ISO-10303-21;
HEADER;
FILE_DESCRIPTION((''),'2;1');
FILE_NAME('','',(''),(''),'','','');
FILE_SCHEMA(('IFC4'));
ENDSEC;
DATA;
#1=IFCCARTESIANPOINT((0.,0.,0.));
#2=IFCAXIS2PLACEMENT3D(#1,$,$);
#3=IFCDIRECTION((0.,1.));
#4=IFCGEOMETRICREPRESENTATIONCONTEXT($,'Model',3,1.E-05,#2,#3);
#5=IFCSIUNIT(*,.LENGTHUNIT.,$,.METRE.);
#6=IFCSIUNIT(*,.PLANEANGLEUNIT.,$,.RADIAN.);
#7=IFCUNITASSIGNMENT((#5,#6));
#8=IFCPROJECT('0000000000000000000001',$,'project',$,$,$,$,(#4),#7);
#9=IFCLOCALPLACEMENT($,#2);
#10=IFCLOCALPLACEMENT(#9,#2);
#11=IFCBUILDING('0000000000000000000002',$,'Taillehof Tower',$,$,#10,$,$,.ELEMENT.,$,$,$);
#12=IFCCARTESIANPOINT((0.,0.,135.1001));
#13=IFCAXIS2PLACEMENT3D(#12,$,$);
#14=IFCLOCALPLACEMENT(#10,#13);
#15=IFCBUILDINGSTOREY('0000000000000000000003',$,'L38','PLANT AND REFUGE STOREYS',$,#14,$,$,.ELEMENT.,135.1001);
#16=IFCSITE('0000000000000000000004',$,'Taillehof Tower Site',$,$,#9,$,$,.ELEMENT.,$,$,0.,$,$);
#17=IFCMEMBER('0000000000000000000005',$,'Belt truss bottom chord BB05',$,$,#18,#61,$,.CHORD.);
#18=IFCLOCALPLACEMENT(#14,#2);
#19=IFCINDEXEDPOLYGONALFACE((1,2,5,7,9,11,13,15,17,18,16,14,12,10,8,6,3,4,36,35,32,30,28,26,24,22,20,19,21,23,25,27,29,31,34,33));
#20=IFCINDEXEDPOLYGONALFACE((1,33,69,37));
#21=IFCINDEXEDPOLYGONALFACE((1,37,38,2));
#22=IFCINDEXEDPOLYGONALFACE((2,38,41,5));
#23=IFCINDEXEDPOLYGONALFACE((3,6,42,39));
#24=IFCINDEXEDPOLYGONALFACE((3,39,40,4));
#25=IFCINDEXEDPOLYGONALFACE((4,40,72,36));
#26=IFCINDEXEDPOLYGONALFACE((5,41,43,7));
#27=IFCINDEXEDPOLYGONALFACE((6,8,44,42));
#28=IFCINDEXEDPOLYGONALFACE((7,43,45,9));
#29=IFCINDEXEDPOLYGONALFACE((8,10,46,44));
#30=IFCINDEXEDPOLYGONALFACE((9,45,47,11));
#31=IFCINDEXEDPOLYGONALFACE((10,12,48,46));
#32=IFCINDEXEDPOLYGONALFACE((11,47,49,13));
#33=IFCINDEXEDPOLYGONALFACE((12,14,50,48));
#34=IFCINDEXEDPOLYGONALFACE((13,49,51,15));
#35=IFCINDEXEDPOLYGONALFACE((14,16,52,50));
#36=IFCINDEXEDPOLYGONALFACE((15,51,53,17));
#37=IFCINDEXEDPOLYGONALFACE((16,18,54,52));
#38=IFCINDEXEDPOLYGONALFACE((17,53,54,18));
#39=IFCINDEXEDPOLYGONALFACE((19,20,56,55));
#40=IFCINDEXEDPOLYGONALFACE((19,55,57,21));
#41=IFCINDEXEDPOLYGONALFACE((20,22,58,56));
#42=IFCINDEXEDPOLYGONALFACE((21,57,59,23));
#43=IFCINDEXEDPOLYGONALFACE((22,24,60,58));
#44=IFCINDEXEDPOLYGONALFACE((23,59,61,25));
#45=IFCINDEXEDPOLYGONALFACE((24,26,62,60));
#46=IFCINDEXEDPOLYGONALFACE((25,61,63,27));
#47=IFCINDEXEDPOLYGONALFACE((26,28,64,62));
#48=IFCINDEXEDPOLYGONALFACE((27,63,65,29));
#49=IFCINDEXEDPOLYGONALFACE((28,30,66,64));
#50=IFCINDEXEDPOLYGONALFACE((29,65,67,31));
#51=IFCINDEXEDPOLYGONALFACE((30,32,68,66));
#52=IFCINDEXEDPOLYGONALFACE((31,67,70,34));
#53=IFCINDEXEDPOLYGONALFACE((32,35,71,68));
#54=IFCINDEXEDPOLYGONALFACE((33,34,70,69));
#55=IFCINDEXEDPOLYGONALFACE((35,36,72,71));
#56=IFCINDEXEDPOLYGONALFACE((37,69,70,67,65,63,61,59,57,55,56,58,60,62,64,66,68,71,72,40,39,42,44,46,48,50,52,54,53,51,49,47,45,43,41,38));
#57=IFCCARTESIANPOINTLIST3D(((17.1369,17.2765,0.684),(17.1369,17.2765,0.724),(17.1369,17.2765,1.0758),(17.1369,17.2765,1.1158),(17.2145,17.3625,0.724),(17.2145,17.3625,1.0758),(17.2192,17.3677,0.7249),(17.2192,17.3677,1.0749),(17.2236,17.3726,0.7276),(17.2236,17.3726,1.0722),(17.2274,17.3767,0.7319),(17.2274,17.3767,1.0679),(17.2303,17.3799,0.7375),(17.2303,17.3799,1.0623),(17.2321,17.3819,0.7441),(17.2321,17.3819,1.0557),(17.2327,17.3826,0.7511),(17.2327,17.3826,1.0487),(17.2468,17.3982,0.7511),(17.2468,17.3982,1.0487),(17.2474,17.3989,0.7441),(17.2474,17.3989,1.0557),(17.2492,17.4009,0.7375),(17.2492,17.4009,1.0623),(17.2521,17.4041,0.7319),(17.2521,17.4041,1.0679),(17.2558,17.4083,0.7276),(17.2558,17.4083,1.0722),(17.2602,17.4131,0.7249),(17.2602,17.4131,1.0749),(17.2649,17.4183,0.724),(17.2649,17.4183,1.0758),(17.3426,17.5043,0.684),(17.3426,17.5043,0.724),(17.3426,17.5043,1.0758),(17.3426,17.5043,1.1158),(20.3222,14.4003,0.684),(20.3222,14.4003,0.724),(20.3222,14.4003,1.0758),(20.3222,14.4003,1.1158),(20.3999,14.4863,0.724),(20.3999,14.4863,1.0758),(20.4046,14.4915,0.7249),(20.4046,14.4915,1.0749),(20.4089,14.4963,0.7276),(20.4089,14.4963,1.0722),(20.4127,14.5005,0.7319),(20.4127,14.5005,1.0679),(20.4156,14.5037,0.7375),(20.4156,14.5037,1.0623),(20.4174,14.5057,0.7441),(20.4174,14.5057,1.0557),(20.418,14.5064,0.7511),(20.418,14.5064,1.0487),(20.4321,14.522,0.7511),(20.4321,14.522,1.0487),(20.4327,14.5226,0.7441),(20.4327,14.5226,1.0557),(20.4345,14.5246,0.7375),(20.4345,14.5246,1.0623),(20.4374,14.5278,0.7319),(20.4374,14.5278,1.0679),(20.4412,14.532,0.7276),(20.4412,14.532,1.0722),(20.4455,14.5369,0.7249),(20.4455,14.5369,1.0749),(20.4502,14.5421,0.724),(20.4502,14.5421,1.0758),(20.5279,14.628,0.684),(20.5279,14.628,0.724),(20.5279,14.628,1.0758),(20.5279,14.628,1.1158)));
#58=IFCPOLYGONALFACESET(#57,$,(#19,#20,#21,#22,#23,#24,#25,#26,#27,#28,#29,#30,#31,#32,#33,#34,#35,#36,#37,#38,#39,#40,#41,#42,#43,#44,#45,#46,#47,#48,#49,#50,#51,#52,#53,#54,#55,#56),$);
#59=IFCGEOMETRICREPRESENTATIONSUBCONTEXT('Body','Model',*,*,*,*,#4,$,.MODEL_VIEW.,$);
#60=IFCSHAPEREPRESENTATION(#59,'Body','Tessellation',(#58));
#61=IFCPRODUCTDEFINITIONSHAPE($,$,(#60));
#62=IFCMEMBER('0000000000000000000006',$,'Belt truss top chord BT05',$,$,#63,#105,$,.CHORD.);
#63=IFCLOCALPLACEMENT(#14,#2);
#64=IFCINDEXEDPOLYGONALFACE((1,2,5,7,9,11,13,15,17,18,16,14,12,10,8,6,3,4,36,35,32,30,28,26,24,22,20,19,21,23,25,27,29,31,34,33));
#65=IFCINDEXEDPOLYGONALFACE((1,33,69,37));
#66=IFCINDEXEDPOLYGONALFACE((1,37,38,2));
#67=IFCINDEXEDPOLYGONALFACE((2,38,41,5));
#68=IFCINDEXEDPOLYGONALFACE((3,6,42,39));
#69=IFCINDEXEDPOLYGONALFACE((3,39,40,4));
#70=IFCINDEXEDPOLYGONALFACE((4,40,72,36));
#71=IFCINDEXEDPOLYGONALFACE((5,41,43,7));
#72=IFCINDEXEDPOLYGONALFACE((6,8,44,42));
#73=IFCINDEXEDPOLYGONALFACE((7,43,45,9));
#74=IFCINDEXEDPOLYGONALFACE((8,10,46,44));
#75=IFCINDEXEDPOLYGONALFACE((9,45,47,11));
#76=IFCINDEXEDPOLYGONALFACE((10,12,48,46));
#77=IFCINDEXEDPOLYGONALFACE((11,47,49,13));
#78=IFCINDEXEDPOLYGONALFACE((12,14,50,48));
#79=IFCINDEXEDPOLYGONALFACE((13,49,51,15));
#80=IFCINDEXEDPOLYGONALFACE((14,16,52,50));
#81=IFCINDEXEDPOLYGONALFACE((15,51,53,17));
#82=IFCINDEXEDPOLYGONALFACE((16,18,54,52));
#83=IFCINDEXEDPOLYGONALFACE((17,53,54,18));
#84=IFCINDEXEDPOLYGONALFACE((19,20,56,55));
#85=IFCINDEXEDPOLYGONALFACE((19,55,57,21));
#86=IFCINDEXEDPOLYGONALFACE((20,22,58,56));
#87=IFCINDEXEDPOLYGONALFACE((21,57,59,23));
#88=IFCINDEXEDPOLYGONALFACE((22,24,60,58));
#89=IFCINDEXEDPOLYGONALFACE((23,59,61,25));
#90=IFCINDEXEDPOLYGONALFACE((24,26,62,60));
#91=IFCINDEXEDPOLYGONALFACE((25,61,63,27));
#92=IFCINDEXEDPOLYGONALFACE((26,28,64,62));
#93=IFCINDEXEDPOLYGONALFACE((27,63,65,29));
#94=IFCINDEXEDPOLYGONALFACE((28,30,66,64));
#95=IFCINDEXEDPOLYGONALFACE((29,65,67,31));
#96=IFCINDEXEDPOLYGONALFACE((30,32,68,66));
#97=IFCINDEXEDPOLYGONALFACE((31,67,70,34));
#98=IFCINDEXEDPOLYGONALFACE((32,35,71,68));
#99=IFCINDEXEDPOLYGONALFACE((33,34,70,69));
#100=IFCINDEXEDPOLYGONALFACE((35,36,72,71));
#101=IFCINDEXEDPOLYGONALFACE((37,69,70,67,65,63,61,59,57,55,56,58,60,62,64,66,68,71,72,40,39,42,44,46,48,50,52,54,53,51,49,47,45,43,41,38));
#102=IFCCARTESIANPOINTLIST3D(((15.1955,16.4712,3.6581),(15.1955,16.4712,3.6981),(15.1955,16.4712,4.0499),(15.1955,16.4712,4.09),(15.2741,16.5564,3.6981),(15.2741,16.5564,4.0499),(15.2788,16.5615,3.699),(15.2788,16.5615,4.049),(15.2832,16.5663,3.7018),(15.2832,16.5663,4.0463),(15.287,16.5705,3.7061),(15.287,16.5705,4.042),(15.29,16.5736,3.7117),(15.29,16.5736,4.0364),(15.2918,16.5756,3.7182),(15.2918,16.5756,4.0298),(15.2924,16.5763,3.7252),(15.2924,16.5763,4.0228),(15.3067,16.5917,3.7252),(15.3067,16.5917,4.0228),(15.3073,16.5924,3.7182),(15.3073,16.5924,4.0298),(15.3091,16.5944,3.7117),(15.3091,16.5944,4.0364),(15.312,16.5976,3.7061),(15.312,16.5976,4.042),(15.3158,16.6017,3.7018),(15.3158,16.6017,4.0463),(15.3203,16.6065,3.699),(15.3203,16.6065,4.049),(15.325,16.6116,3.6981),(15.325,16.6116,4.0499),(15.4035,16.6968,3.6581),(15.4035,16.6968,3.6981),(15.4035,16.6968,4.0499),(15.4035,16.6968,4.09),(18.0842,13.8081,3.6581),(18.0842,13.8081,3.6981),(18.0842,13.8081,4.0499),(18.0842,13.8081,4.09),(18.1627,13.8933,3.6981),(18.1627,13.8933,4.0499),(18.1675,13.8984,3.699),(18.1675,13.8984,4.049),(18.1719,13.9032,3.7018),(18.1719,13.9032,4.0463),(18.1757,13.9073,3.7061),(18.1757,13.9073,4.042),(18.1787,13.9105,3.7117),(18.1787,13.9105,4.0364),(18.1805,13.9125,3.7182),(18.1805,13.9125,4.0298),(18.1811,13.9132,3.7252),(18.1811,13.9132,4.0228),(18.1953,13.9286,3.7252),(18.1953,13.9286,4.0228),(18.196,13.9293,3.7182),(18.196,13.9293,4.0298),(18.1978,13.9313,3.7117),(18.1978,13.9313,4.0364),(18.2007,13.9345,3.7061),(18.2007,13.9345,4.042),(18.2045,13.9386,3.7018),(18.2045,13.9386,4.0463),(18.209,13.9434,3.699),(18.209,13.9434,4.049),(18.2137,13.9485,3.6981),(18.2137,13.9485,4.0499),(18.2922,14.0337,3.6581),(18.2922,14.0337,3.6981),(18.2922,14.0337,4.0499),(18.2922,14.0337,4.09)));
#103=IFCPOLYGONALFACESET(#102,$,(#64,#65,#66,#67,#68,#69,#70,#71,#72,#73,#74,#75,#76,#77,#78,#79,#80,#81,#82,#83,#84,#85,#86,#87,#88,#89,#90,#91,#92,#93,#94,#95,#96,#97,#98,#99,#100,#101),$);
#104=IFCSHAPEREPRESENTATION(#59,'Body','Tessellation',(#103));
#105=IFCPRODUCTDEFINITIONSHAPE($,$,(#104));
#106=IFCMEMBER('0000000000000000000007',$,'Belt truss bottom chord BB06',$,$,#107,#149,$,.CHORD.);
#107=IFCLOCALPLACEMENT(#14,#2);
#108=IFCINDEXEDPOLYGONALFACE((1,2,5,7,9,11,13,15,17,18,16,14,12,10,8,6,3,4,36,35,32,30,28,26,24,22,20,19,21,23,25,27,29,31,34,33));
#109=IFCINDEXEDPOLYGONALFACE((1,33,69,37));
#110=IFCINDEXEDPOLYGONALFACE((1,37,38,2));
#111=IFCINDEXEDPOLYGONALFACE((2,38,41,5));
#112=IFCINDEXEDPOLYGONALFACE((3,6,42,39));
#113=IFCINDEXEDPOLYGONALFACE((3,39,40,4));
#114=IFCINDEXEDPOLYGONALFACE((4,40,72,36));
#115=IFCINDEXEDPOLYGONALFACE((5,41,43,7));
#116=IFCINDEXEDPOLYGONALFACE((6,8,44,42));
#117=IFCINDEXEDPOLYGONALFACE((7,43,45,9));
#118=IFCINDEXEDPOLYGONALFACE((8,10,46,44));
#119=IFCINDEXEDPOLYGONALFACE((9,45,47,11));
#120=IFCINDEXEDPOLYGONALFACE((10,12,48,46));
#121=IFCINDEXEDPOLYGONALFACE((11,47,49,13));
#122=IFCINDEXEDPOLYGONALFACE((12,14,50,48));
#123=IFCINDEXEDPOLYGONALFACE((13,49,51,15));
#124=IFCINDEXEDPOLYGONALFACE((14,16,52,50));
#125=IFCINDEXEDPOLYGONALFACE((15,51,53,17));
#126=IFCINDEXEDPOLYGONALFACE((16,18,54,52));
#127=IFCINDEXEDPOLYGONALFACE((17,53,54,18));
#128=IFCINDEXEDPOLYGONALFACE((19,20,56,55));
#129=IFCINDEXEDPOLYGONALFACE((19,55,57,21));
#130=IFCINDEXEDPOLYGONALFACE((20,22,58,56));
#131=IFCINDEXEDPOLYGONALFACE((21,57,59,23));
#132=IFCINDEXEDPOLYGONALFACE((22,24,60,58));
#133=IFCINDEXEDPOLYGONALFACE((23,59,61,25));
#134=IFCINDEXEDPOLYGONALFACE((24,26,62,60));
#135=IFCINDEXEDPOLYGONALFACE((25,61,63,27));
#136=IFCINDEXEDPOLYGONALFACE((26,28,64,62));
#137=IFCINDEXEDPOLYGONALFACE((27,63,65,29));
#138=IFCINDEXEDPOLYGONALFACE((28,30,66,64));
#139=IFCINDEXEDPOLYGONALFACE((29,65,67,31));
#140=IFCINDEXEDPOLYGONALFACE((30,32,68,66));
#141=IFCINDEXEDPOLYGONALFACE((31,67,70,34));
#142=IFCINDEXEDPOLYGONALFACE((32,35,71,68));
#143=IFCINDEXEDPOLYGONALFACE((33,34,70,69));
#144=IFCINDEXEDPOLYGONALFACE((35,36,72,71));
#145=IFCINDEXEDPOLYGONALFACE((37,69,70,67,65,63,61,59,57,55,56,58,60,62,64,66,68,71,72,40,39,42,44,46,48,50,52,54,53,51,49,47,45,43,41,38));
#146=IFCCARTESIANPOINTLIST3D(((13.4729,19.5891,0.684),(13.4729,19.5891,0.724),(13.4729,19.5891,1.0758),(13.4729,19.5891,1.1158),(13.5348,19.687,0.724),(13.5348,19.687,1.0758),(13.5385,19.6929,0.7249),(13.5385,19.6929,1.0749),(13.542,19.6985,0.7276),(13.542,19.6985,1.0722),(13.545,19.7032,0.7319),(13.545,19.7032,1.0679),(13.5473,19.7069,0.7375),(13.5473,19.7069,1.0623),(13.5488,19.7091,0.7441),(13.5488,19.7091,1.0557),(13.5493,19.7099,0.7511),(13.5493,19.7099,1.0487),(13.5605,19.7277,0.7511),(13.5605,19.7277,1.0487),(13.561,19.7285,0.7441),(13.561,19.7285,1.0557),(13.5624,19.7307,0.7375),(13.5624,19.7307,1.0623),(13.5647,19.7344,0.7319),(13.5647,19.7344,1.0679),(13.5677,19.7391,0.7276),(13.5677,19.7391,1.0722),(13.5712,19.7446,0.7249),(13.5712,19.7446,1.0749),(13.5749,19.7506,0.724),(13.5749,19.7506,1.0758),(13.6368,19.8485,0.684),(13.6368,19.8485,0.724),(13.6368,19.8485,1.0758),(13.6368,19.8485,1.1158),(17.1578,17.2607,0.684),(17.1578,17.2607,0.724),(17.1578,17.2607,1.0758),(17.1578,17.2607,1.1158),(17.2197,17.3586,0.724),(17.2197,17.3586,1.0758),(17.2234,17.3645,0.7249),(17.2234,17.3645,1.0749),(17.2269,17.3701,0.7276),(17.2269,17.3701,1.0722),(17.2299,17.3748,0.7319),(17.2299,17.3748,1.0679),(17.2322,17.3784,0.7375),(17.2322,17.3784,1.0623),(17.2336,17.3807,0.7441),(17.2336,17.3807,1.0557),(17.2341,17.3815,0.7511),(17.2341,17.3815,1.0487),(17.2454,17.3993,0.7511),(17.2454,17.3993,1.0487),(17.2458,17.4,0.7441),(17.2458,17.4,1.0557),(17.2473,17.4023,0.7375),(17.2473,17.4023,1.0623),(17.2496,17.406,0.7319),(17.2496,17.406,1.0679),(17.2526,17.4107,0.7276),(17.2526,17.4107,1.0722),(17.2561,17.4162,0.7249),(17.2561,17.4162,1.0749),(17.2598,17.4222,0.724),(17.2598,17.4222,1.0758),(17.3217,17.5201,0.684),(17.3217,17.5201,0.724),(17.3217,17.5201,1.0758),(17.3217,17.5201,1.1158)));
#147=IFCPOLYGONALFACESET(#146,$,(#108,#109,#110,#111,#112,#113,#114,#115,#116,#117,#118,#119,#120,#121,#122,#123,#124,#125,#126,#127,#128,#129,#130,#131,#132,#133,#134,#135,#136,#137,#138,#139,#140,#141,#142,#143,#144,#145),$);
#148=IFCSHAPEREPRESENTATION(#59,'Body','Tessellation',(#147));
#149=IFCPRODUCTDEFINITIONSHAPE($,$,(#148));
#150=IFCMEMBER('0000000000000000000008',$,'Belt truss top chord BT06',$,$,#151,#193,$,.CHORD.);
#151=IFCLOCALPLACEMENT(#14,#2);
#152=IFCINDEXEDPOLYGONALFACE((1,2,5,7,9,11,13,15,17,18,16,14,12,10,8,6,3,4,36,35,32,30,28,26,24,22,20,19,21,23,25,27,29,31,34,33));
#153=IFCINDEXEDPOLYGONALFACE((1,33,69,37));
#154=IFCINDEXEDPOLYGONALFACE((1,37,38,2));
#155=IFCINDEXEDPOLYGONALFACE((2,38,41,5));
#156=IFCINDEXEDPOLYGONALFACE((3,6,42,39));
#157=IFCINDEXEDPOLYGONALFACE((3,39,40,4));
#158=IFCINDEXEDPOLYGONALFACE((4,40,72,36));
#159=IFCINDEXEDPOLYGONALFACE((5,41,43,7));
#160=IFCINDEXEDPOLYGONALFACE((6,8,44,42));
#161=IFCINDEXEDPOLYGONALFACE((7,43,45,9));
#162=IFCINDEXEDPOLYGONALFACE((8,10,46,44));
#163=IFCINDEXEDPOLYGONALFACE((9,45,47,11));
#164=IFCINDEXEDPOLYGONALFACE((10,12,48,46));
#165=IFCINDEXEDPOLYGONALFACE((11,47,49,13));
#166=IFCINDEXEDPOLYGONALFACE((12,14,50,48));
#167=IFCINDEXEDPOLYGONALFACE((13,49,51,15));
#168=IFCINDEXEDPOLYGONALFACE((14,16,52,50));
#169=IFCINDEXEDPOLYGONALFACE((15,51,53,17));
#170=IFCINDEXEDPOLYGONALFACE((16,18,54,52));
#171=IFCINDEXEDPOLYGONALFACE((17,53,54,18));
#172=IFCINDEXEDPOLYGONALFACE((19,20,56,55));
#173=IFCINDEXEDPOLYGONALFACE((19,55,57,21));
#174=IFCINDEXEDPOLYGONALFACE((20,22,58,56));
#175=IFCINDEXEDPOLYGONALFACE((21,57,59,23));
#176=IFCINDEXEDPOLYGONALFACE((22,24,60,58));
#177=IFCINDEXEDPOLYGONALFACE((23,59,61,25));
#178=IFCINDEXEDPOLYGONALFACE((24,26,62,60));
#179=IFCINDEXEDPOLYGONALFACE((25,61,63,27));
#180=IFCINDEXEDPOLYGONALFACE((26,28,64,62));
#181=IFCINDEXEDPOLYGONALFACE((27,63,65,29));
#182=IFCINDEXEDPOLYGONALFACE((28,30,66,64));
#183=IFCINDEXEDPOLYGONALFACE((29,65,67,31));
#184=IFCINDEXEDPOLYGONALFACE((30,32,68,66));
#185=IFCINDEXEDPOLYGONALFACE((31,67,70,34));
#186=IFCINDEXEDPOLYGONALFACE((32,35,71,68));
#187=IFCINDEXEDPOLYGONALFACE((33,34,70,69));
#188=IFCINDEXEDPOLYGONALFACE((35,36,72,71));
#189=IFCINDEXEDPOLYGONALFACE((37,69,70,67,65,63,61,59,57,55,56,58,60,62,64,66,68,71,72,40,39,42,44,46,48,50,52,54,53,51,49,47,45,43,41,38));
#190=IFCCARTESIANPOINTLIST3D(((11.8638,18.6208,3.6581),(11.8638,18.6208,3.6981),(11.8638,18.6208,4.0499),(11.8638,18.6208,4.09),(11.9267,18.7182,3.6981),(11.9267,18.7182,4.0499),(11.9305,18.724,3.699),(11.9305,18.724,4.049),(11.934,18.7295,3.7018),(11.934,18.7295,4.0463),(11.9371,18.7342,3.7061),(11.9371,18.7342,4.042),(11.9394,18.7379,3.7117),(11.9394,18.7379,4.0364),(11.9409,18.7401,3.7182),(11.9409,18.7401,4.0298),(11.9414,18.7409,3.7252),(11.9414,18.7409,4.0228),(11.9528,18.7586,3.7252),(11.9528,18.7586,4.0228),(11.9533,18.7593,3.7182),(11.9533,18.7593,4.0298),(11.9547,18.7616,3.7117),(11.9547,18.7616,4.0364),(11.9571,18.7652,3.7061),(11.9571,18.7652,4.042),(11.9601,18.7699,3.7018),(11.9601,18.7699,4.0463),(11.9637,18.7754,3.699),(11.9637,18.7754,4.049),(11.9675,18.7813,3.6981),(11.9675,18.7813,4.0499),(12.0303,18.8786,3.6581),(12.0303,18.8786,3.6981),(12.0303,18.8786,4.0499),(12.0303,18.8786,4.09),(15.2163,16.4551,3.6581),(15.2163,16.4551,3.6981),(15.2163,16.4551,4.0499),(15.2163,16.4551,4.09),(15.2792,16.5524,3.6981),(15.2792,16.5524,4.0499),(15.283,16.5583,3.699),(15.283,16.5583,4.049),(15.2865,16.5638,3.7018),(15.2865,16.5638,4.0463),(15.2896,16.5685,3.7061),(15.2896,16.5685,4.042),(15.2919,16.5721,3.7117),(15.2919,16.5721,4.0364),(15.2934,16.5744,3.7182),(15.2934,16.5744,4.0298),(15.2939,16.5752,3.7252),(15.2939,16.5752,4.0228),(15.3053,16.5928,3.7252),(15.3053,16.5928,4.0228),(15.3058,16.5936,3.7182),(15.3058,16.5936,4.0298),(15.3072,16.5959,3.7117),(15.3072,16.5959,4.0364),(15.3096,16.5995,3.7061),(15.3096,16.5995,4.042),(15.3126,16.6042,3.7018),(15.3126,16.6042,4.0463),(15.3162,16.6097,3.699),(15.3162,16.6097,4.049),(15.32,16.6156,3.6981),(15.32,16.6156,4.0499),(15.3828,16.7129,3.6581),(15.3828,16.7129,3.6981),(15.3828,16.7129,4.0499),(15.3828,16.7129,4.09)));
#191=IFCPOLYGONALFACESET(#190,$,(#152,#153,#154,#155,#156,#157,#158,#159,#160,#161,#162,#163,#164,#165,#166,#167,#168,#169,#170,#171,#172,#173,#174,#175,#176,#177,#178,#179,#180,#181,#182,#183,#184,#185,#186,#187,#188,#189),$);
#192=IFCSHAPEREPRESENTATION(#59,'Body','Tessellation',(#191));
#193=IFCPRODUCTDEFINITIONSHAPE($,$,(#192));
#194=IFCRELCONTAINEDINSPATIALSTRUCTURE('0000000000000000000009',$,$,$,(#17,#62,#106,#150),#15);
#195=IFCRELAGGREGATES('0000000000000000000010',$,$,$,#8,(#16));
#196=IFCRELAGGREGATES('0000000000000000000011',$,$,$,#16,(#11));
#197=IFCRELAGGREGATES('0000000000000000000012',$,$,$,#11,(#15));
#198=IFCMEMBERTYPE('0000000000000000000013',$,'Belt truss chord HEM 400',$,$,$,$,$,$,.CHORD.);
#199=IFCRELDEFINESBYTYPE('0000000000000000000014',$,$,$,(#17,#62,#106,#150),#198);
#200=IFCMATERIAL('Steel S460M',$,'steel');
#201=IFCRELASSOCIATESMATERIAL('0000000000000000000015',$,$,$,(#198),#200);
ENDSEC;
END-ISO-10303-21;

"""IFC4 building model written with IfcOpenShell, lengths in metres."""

from ifc_helpers import new_model, si_unit, direction, frame, origin, origin_2d, place, context, subcontext, project, spatial, i_section, extrude, material, material_profile, profile_set, type_object, element, save


model = new_model("IFC4")

# Units and contexts
model_context = context("Model", 3, precision=1e-05, world=origin(), true_north=direction((0.0, 1.0)))
body_context = subcontext(model_context, "Body", "Model", "MODEL_VIEW")
ifc_project = project(units=[si_unit("LENGTHUNIT", "METRE"), si_unit("PLANEANGLEUNIT", "RADIAN")], contexts=[model_context])

# Site, building, storey
site_placement = place(None, origin())
site = spatial("IfcSite", under=ifc_project, at=site_placement, Name="Taillehof Tower Site", CompositionType="ELEMENT", RefElevation=0.0)
building_placement = place(site_placement, origin())
building = spatial("IfcBuilding", under=site, at=building_placement, Name="Taillehof Tower", CompositionType="ELEMENT")
storey_placement = place(building_placement, frame((0.0, 0.0, 135.1001)))
storey = spatial("IfcBuildingStorey", under=building, at=storey_placement, Name="L38", Description="PLANT AND REFUGE STOREYS", CompositionType="ELEMENT", Elevation=135.1001)

# Members
ifc_material_1 = material(Name="Steel S460M", Category="steel")
ifc_material_profile_1 = material_profile(ifc_material_1, i_section(OverallWidth=0.3069, OverallDepth=0.4319, WebThickness=0.021, FlangeThickness=0.04, FilletRadius=0.0271, at=origin_2d()), Name="HEM 400")
ifc_profile_set_1 = profile_set([ifc_material_profile_1], Name="Steel S460M")
member_type_1 = type_object("IfcMemberType", Name="Belt truss chord HEM 400", PredefinedType="CHORD", material=ifc_profile_set_1)
member_1_placement = place(storey_placement, frame((20.425, 14.5142, 0.8999), z_axis=(-0.742198, 0.67018, 0.0), x_axis=(-0.67018, -0.742198, 0.0)))
element("IfcMember", 1, at=member_1_placement, inside=storey, type_object=member_type_1, Name="Belt truss bottom chord BB05", PredefinedType="CHORD", context=body_context, shape_type="SweptSolid", body=[
    extrude(i_section(OverallWidth=0.3069, OverallDepth=0.4319, WebThickness=0.021, FlangeThickness=0.04, FilletRadius=0.0271, at=origin_2d()), origin(), (0.0, 0.0, 1.0), 4.2917),
])
member_2_placement = place(storey_placement, frame((18.1882, 13.9209, 3.874), z_axis=(-0.735232, 0.677815, 0.0), x_axis=(-0.677815, -0.735232, 0.0)))
element("IfcMember", 2, at=member_2_placement, inside=storey, type_object=member_type_1, Name="Belt truss top chord BT05", PredefinedType="CHORD", context=body_context, shape_type="SweptSolid", body=[
    extrude(i_section(OverallWidth=0.3069, OverallDepth=0.4319, WebThickness=0.021, FlangeThickness=0.04, FilletRadius=0.0271, at=origin_2d()), origin(), (0.0, 0.0, 1.0), 3.929),
])
member_3_placement = place(storey_placement, frame((17.2397, 17.3904, 0.8999), z_axis=(-0.845373, 0.534176, 0.0), x_axis=(-0.534176, -0.845373, 0.0)))
element("IfcMember", 3, at=member_3_placement, inside=storey, type_object=member_type_1, Name="Belt truss bottom chord BB06", PredefinedType="CHORD", context=body_context, shape_type="SweptSolid", body=[
    extrude(i_section(OverallWidth=0.3069, OverallDepth=0.4319, WebThickness=0.021, FlangeThickness=0.04, FilletRadius=0.0271, at=origin_2d()), origin(), (0.0, 0.0, 1.0), 4.3589),
])
member_4_placement = place(storey_placement, frame((15.2996, 16.584, 3.874), z_axis=(-0.839972, 0.54263, 0.0), x_axis=(-0.54263, -0.839972, 0.0)))
element("IfcMember", 4, at=member_4_placement, inside=storey, type_object=member_type_1, Name="Belt truss top chord BT06", PredefinedType="CHORD", context=body_context, shape_type="SweptSolid", body=[
    extrude(i_section(OverallWidth=0.3069, OverallDepth=0.4319, WebThickness=0.021, FlangeThickness=0.04, FilletRadius=0.0271, at=origin_2d()), origin(), (0.0, 0.0, 1.0), 3.9912),
])

save(model, "model.ifc")
